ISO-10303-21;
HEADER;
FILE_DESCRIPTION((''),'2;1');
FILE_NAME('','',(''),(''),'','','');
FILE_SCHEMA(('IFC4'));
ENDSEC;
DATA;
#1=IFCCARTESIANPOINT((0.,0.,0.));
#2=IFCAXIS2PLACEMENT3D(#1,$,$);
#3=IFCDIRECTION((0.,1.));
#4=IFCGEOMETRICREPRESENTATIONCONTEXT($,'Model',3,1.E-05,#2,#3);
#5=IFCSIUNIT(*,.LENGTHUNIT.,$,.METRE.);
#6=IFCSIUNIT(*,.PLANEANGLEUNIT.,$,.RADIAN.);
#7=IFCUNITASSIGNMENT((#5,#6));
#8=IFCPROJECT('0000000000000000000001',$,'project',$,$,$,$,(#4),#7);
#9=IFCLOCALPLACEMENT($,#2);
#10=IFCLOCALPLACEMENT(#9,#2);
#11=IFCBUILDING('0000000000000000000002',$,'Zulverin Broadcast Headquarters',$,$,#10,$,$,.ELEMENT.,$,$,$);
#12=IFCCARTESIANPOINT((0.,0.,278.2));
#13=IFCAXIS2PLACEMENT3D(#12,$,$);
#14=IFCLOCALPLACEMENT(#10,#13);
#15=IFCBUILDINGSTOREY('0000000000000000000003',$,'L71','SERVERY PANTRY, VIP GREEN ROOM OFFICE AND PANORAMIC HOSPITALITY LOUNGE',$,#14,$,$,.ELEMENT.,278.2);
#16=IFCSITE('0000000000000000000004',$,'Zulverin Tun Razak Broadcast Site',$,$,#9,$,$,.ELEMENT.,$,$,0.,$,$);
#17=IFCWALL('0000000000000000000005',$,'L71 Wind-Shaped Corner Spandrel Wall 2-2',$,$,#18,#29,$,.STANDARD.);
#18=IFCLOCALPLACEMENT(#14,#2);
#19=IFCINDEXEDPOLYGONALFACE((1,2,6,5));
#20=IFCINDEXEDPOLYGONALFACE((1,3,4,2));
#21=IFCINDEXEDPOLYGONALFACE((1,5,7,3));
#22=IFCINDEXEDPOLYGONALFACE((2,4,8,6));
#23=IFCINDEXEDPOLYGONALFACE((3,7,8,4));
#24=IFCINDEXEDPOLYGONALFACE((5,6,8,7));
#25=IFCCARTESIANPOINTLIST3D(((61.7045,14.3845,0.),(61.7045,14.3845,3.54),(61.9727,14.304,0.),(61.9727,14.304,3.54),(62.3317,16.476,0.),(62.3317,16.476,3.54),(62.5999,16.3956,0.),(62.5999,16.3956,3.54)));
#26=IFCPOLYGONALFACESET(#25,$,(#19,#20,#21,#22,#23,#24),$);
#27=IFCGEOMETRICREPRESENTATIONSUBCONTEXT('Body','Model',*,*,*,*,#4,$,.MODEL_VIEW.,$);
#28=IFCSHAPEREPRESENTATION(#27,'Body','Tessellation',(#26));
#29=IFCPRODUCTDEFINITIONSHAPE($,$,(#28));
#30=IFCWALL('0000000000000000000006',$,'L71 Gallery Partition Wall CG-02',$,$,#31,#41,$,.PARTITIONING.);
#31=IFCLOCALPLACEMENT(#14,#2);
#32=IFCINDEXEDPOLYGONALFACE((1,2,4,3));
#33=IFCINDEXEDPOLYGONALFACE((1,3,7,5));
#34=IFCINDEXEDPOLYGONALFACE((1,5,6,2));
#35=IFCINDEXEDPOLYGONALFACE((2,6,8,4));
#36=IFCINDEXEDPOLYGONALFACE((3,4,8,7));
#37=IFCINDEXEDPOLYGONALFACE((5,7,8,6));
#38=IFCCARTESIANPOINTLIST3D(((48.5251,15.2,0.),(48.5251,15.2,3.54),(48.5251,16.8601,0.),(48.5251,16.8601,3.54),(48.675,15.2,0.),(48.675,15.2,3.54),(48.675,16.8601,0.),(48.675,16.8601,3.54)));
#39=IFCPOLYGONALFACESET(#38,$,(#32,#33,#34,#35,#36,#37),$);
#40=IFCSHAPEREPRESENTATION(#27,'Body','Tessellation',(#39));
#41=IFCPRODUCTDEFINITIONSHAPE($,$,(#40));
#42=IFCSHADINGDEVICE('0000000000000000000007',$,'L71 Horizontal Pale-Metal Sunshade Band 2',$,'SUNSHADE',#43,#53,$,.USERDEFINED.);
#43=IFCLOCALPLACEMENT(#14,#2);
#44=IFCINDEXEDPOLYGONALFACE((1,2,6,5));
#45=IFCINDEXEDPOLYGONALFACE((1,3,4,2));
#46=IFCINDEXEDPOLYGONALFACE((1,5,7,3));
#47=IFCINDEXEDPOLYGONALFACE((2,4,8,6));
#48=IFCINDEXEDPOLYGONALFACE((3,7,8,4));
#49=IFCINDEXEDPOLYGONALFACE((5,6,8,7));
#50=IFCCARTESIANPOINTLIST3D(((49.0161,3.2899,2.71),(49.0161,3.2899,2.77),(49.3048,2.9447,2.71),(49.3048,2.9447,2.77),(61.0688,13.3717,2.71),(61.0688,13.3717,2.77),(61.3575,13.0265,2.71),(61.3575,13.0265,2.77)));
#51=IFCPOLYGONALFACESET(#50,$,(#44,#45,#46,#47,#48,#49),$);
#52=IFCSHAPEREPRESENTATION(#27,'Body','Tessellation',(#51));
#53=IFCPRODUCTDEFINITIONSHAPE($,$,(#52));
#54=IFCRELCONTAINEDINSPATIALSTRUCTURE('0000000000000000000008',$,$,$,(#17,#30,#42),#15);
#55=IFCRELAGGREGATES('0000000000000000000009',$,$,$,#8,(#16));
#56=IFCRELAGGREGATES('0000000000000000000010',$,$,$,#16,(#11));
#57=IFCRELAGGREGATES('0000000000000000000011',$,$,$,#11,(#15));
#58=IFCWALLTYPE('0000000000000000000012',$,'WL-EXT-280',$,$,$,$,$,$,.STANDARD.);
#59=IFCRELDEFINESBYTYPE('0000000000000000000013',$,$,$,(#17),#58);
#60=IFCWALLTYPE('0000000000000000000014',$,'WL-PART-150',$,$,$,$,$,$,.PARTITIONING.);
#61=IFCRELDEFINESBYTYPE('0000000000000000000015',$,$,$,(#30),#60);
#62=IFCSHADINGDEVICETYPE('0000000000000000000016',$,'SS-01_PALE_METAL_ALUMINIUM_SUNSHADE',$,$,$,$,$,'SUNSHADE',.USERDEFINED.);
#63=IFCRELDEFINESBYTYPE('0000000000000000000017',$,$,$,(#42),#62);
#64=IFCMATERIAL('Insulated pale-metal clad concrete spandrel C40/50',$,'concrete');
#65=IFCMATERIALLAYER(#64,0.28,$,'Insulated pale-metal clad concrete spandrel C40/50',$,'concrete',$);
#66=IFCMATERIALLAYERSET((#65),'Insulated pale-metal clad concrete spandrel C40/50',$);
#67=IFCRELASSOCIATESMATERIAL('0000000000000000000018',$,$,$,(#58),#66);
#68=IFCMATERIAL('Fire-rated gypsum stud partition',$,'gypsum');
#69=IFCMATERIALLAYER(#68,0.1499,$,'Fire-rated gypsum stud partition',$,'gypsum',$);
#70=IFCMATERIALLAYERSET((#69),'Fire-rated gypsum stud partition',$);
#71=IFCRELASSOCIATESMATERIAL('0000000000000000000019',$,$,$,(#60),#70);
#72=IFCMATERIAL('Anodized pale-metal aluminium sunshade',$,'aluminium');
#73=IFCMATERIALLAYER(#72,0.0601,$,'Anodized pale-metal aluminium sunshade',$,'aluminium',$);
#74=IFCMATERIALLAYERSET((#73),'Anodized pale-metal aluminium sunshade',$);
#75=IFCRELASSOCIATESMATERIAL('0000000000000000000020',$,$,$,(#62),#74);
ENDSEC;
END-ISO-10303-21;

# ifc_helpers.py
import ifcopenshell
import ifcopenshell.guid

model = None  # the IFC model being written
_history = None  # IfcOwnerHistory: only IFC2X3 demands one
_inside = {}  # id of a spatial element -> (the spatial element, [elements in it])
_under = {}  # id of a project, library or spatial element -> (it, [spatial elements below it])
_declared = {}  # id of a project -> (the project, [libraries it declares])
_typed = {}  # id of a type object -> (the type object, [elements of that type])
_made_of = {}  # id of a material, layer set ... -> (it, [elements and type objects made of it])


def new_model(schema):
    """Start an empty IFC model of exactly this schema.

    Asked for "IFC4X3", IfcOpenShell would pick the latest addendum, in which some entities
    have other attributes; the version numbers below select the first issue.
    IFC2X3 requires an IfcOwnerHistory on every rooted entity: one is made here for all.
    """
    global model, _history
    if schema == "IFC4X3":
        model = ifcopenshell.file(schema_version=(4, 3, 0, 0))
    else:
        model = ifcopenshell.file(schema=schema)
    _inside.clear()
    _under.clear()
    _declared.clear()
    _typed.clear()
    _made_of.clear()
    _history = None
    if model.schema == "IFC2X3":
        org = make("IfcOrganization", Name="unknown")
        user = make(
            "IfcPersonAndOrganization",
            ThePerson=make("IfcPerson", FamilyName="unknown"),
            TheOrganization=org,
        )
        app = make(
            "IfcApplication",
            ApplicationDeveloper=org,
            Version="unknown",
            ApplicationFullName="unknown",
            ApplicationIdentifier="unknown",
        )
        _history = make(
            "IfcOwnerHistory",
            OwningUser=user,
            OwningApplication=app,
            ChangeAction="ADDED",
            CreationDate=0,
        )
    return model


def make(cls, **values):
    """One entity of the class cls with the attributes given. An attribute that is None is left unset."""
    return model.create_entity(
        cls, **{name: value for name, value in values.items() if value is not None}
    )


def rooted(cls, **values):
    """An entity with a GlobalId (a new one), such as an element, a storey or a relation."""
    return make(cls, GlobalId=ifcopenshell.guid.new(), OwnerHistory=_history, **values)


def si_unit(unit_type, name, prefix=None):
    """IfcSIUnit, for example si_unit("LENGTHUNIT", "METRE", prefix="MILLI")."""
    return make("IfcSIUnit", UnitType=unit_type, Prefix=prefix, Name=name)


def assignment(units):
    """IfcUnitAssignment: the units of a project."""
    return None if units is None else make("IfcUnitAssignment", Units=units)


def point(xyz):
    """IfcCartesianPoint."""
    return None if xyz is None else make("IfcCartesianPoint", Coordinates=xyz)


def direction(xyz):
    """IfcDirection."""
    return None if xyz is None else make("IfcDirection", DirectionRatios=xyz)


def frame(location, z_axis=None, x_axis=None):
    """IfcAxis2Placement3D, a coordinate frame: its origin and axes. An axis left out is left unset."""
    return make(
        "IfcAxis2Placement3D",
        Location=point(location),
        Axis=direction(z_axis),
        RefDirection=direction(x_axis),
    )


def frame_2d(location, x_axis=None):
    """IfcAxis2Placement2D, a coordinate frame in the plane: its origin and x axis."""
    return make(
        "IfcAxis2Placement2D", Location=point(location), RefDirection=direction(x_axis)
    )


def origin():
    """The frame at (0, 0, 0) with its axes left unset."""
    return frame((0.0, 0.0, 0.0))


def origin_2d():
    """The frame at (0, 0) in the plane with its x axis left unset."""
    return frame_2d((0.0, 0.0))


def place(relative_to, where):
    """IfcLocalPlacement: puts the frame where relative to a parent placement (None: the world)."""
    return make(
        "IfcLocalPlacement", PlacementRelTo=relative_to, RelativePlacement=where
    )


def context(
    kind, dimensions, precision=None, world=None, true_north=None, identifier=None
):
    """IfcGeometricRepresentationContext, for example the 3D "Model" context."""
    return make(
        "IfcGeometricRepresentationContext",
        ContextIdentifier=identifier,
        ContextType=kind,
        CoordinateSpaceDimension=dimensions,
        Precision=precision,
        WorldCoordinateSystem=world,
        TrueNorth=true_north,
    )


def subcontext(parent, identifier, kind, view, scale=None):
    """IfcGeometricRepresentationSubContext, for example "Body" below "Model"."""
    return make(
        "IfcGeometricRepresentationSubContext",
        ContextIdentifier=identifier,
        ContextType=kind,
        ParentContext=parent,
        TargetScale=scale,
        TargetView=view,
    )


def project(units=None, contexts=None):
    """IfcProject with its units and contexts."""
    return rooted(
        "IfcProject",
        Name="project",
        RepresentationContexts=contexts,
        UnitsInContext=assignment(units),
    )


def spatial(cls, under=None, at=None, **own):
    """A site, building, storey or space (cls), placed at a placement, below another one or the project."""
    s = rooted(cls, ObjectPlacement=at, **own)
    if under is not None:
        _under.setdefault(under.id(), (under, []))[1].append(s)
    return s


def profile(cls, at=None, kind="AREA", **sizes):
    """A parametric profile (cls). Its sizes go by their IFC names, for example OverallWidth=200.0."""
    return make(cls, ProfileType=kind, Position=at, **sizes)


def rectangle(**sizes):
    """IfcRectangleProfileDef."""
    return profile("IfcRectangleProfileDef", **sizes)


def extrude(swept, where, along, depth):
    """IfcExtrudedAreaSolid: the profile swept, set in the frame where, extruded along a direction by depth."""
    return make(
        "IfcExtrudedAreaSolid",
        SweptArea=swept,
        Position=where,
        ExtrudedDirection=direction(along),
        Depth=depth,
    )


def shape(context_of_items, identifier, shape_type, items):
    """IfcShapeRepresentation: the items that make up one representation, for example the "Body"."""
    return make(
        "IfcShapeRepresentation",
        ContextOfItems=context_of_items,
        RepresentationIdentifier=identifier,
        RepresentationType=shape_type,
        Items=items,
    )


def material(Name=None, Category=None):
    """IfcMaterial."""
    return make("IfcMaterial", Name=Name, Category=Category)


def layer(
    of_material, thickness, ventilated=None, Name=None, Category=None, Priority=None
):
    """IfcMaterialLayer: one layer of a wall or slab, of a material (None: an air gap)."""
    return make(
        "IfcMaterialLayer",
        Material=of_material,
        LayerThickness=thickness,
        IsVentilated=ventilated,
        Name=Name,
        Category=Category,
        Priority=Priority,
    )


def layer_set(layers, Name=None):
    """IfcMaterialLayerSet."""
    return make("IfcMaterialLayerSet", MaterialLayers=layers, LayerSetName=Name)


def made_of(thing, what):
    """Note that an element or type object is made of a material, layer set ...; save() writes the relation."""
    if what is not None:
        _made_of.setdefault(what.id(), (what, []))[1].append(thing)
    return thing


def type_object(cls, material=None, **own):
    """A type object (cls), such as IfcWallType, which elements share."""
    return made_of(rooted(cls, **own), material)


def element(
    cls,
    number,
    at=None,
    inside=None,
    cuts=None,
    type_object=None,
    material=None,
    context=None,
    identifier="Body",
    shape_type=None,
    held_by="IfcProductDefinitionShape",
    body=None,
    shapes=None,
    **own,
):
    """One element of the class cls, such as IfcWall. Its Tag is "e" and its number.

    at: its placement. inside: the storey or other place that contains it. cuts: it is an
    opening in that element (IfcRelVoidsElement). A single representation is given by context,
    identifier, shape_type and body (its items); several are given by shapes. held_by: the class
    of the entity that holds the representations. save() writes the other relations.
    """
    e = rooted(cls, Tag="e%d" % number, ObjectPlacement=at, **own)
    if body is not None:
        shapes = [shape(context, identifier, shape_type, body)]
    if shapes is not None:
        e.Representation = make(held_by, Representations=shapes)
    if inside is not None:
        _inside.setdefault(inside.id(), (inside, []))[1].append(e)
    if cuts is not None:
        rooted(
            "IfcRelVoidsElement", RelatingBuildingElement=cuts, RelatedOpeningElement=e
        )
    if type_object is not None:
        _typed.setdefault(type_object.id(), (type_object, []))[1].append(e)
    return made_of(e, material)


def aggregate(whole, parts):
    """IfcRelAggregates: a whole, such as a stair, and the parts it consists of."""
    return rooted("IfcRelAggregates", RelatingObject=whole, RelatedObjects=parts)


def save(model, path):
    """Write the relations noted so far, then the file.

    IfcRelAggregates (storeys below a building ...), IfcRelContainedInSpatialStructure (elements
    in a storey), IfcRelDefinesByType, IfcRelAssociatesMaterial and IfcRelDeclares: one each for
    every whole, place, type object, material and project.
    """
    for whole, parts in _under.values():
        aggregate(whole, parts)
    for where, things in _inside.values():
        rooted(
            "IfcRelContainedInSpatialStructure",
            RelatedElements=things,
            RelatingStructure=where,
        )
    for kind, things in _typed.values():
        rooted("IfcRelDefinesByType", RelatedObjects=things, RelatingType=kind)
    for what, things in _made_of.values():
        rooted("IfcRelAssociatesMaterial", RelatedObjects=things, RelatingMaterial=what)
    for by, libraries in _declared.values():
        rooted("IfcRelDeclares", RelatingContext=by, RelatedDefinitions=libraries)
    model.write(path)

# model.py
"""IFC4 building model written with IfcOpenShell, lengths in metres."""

from ifc_helpers import new_model, si_unit, direction, frame, frame_2d, origin, origin_2d, place, context, subcontext, project, spatial, rectangle, extrude, material, layer, layer_set, type_object, element, save


model = new_model("IFC4")

# Units and contexts
model_context = context("Model", 3, precision=1e-05, world=origin(), true_north=direction((0.0, 1.0)))
body_context = subcontext(model_context, "Body", "Model", "MODEL_VIEW")
ifc_project = project(units=[si_unit("LENGTHUNIT", "METRE"), si_unit("PLANEANGLEUNIT", "RADIAN")], contexts=[model_context])

# Site, building, storey
site_placement = place(None, origin())
site = spatial("IfcSite", under=ifc_project, at=site_placement, Name="Zulverin Tun Razak Broadcast Site", CompositionType="ELEMENT", RefElevation=0.0)
building_placement = place(site_placement, origin())
building = spatial("IfcBuilding", under=site, at=building_placement, Name="Zulverin Broadcast Headquarters", CompositionType="ELEMENT")
storey_placement = place(building_placement, frame((0.0, 0.0, 278.2)))
storey = spatial("IfcBuildingStorey", under=building, at=storey_placement, Name="L71", Description="SERVERY PANTRY, VIP GREEN ROOM OFFICE AND PANORAMIC HOSPITALITY LOUNGE", CompositionType="ELEMENT", Elevation=278.2)

# Shared definitions
ifc_material_1 = material(Name="Insulated pale-metal clad concrete spandrel C40/50", Category="concrete")
ifc_layer_1 = layer(ifc_material_1, 0.28, Name="Insulated pale-metal clad concrete spandrel C40/50", Category="concrete")
ifc_layer_set_1 = layer_set([ifc_layer_1], Name="Insulated pale-metal clad concrete spandrel C40/50")
wall_type_1 = type_object("IfcWallType", Name="WL-EXT-280", PredefinedType="STANDARD", material=ifc_layer_set_1)

# Walls
wall_1_placement = place(storey_placement, frame((61.8386, 14.3442, 0.0), z_axis=(0.0, 0.0, 1.0), x_axis=(0.287235, 0.95786, 0.0)))
element("IfcWall", 1, at=wall_1_placement, inside=storey, type_object=wall_type_1, Name="L71 Wind-Shaped Corner Spandrel Wall 2-2", PredefinedType="STANDARD", context=body_context, shape_type="SweptSolid", body=[
    extrude(rectangle(XDim=2.1836, YDim=0.28, at=frame_2d((1.0918, 0.0))), origin(), (0.0, 0.0, 1.0), 3.54),
])
ifc_material_2 = material(Name="Fire-rated gypsum stud partition", Category="gypsum")
ifc_layer_2 = layer(ifc_material_2, 0.1499, Name="Fire-rated gypsum stud partition", Category="gypsum")
ifc_layer_set_2 = layer_set([ifc_layer_2], Name="Fire-rated gypsum stud partition")
wall_type_2 = type_object("IfcWallType", Name="WL-PART-150", PredefinedType="PARTITIONING", material=ifc_layer_set_2)
wall_2_placement = place(storey_placement, frame((48.6001, 15.2, 0.0), z_axis=(0.0, 0.0, 1.0), x_axis=(0.0, 1.0, 0.0)))
element("IfcWall", 2, at=wall_2_placement, inside=storey, type_object=wall_type_2, Name="L71 Gallery Partition Wall CG-02", PredefinedType="PARTITIONING", context=body_context, shape_type="SweptSolid", body=[
    extrude(rectangle(XDim=1.6602, YDim=0.1499, at=frame_2d((0.8301, 0.0))), origin(), (0.0, 0.0, 1.0), 3.54),
])

# Shading device
ifc_material_3 = material(Name="Anodized pale-metal aluminium sunshade", Category="aluminium")
ifc_layer_3 = layer(ifc_material_3, 0.0601, Name="Anodized pale-metal aluminium sunshade", Category="aluminium")
ifc_layer_set_3 = layer_set([ifc_layer_3], Name="Anodized pale-metal aluminium sunshade")
shading_device_type = type_object("IfcShadingDeviceType", Name="SS-01_PALE_METAL_ALUMINIUM_SUNSHADE", ElementType="SUNSHADE", PredefinedType="USERDEFINED", material=ifc_layer_set_3)
shading_device_placement = place(storey_placement, frame((55.1868, 8.1582, 2.71), z_axis=(0.0, 0.0, 1.0), x_axis=(0.767035, 0.641605, 0.0)))
element("IfcShadingDevice", 3, at=shading_device_placement, inside=storey, type_object=shading_device_type, Name="L71 Horizontal Pale-Metal Sunshade Band 2", ObjectType="SUNSHADE", PredefinedType="USERDEFINED", context=body_context, shape_type="SweptSolid", body=[
    extrude(rectangle(XDim=15.7134, YDim=0.45, at=origin_2d()), origin(), (0.0, 0.0, 1.0), 0.0601),
])

save(model, "model.ifc")
